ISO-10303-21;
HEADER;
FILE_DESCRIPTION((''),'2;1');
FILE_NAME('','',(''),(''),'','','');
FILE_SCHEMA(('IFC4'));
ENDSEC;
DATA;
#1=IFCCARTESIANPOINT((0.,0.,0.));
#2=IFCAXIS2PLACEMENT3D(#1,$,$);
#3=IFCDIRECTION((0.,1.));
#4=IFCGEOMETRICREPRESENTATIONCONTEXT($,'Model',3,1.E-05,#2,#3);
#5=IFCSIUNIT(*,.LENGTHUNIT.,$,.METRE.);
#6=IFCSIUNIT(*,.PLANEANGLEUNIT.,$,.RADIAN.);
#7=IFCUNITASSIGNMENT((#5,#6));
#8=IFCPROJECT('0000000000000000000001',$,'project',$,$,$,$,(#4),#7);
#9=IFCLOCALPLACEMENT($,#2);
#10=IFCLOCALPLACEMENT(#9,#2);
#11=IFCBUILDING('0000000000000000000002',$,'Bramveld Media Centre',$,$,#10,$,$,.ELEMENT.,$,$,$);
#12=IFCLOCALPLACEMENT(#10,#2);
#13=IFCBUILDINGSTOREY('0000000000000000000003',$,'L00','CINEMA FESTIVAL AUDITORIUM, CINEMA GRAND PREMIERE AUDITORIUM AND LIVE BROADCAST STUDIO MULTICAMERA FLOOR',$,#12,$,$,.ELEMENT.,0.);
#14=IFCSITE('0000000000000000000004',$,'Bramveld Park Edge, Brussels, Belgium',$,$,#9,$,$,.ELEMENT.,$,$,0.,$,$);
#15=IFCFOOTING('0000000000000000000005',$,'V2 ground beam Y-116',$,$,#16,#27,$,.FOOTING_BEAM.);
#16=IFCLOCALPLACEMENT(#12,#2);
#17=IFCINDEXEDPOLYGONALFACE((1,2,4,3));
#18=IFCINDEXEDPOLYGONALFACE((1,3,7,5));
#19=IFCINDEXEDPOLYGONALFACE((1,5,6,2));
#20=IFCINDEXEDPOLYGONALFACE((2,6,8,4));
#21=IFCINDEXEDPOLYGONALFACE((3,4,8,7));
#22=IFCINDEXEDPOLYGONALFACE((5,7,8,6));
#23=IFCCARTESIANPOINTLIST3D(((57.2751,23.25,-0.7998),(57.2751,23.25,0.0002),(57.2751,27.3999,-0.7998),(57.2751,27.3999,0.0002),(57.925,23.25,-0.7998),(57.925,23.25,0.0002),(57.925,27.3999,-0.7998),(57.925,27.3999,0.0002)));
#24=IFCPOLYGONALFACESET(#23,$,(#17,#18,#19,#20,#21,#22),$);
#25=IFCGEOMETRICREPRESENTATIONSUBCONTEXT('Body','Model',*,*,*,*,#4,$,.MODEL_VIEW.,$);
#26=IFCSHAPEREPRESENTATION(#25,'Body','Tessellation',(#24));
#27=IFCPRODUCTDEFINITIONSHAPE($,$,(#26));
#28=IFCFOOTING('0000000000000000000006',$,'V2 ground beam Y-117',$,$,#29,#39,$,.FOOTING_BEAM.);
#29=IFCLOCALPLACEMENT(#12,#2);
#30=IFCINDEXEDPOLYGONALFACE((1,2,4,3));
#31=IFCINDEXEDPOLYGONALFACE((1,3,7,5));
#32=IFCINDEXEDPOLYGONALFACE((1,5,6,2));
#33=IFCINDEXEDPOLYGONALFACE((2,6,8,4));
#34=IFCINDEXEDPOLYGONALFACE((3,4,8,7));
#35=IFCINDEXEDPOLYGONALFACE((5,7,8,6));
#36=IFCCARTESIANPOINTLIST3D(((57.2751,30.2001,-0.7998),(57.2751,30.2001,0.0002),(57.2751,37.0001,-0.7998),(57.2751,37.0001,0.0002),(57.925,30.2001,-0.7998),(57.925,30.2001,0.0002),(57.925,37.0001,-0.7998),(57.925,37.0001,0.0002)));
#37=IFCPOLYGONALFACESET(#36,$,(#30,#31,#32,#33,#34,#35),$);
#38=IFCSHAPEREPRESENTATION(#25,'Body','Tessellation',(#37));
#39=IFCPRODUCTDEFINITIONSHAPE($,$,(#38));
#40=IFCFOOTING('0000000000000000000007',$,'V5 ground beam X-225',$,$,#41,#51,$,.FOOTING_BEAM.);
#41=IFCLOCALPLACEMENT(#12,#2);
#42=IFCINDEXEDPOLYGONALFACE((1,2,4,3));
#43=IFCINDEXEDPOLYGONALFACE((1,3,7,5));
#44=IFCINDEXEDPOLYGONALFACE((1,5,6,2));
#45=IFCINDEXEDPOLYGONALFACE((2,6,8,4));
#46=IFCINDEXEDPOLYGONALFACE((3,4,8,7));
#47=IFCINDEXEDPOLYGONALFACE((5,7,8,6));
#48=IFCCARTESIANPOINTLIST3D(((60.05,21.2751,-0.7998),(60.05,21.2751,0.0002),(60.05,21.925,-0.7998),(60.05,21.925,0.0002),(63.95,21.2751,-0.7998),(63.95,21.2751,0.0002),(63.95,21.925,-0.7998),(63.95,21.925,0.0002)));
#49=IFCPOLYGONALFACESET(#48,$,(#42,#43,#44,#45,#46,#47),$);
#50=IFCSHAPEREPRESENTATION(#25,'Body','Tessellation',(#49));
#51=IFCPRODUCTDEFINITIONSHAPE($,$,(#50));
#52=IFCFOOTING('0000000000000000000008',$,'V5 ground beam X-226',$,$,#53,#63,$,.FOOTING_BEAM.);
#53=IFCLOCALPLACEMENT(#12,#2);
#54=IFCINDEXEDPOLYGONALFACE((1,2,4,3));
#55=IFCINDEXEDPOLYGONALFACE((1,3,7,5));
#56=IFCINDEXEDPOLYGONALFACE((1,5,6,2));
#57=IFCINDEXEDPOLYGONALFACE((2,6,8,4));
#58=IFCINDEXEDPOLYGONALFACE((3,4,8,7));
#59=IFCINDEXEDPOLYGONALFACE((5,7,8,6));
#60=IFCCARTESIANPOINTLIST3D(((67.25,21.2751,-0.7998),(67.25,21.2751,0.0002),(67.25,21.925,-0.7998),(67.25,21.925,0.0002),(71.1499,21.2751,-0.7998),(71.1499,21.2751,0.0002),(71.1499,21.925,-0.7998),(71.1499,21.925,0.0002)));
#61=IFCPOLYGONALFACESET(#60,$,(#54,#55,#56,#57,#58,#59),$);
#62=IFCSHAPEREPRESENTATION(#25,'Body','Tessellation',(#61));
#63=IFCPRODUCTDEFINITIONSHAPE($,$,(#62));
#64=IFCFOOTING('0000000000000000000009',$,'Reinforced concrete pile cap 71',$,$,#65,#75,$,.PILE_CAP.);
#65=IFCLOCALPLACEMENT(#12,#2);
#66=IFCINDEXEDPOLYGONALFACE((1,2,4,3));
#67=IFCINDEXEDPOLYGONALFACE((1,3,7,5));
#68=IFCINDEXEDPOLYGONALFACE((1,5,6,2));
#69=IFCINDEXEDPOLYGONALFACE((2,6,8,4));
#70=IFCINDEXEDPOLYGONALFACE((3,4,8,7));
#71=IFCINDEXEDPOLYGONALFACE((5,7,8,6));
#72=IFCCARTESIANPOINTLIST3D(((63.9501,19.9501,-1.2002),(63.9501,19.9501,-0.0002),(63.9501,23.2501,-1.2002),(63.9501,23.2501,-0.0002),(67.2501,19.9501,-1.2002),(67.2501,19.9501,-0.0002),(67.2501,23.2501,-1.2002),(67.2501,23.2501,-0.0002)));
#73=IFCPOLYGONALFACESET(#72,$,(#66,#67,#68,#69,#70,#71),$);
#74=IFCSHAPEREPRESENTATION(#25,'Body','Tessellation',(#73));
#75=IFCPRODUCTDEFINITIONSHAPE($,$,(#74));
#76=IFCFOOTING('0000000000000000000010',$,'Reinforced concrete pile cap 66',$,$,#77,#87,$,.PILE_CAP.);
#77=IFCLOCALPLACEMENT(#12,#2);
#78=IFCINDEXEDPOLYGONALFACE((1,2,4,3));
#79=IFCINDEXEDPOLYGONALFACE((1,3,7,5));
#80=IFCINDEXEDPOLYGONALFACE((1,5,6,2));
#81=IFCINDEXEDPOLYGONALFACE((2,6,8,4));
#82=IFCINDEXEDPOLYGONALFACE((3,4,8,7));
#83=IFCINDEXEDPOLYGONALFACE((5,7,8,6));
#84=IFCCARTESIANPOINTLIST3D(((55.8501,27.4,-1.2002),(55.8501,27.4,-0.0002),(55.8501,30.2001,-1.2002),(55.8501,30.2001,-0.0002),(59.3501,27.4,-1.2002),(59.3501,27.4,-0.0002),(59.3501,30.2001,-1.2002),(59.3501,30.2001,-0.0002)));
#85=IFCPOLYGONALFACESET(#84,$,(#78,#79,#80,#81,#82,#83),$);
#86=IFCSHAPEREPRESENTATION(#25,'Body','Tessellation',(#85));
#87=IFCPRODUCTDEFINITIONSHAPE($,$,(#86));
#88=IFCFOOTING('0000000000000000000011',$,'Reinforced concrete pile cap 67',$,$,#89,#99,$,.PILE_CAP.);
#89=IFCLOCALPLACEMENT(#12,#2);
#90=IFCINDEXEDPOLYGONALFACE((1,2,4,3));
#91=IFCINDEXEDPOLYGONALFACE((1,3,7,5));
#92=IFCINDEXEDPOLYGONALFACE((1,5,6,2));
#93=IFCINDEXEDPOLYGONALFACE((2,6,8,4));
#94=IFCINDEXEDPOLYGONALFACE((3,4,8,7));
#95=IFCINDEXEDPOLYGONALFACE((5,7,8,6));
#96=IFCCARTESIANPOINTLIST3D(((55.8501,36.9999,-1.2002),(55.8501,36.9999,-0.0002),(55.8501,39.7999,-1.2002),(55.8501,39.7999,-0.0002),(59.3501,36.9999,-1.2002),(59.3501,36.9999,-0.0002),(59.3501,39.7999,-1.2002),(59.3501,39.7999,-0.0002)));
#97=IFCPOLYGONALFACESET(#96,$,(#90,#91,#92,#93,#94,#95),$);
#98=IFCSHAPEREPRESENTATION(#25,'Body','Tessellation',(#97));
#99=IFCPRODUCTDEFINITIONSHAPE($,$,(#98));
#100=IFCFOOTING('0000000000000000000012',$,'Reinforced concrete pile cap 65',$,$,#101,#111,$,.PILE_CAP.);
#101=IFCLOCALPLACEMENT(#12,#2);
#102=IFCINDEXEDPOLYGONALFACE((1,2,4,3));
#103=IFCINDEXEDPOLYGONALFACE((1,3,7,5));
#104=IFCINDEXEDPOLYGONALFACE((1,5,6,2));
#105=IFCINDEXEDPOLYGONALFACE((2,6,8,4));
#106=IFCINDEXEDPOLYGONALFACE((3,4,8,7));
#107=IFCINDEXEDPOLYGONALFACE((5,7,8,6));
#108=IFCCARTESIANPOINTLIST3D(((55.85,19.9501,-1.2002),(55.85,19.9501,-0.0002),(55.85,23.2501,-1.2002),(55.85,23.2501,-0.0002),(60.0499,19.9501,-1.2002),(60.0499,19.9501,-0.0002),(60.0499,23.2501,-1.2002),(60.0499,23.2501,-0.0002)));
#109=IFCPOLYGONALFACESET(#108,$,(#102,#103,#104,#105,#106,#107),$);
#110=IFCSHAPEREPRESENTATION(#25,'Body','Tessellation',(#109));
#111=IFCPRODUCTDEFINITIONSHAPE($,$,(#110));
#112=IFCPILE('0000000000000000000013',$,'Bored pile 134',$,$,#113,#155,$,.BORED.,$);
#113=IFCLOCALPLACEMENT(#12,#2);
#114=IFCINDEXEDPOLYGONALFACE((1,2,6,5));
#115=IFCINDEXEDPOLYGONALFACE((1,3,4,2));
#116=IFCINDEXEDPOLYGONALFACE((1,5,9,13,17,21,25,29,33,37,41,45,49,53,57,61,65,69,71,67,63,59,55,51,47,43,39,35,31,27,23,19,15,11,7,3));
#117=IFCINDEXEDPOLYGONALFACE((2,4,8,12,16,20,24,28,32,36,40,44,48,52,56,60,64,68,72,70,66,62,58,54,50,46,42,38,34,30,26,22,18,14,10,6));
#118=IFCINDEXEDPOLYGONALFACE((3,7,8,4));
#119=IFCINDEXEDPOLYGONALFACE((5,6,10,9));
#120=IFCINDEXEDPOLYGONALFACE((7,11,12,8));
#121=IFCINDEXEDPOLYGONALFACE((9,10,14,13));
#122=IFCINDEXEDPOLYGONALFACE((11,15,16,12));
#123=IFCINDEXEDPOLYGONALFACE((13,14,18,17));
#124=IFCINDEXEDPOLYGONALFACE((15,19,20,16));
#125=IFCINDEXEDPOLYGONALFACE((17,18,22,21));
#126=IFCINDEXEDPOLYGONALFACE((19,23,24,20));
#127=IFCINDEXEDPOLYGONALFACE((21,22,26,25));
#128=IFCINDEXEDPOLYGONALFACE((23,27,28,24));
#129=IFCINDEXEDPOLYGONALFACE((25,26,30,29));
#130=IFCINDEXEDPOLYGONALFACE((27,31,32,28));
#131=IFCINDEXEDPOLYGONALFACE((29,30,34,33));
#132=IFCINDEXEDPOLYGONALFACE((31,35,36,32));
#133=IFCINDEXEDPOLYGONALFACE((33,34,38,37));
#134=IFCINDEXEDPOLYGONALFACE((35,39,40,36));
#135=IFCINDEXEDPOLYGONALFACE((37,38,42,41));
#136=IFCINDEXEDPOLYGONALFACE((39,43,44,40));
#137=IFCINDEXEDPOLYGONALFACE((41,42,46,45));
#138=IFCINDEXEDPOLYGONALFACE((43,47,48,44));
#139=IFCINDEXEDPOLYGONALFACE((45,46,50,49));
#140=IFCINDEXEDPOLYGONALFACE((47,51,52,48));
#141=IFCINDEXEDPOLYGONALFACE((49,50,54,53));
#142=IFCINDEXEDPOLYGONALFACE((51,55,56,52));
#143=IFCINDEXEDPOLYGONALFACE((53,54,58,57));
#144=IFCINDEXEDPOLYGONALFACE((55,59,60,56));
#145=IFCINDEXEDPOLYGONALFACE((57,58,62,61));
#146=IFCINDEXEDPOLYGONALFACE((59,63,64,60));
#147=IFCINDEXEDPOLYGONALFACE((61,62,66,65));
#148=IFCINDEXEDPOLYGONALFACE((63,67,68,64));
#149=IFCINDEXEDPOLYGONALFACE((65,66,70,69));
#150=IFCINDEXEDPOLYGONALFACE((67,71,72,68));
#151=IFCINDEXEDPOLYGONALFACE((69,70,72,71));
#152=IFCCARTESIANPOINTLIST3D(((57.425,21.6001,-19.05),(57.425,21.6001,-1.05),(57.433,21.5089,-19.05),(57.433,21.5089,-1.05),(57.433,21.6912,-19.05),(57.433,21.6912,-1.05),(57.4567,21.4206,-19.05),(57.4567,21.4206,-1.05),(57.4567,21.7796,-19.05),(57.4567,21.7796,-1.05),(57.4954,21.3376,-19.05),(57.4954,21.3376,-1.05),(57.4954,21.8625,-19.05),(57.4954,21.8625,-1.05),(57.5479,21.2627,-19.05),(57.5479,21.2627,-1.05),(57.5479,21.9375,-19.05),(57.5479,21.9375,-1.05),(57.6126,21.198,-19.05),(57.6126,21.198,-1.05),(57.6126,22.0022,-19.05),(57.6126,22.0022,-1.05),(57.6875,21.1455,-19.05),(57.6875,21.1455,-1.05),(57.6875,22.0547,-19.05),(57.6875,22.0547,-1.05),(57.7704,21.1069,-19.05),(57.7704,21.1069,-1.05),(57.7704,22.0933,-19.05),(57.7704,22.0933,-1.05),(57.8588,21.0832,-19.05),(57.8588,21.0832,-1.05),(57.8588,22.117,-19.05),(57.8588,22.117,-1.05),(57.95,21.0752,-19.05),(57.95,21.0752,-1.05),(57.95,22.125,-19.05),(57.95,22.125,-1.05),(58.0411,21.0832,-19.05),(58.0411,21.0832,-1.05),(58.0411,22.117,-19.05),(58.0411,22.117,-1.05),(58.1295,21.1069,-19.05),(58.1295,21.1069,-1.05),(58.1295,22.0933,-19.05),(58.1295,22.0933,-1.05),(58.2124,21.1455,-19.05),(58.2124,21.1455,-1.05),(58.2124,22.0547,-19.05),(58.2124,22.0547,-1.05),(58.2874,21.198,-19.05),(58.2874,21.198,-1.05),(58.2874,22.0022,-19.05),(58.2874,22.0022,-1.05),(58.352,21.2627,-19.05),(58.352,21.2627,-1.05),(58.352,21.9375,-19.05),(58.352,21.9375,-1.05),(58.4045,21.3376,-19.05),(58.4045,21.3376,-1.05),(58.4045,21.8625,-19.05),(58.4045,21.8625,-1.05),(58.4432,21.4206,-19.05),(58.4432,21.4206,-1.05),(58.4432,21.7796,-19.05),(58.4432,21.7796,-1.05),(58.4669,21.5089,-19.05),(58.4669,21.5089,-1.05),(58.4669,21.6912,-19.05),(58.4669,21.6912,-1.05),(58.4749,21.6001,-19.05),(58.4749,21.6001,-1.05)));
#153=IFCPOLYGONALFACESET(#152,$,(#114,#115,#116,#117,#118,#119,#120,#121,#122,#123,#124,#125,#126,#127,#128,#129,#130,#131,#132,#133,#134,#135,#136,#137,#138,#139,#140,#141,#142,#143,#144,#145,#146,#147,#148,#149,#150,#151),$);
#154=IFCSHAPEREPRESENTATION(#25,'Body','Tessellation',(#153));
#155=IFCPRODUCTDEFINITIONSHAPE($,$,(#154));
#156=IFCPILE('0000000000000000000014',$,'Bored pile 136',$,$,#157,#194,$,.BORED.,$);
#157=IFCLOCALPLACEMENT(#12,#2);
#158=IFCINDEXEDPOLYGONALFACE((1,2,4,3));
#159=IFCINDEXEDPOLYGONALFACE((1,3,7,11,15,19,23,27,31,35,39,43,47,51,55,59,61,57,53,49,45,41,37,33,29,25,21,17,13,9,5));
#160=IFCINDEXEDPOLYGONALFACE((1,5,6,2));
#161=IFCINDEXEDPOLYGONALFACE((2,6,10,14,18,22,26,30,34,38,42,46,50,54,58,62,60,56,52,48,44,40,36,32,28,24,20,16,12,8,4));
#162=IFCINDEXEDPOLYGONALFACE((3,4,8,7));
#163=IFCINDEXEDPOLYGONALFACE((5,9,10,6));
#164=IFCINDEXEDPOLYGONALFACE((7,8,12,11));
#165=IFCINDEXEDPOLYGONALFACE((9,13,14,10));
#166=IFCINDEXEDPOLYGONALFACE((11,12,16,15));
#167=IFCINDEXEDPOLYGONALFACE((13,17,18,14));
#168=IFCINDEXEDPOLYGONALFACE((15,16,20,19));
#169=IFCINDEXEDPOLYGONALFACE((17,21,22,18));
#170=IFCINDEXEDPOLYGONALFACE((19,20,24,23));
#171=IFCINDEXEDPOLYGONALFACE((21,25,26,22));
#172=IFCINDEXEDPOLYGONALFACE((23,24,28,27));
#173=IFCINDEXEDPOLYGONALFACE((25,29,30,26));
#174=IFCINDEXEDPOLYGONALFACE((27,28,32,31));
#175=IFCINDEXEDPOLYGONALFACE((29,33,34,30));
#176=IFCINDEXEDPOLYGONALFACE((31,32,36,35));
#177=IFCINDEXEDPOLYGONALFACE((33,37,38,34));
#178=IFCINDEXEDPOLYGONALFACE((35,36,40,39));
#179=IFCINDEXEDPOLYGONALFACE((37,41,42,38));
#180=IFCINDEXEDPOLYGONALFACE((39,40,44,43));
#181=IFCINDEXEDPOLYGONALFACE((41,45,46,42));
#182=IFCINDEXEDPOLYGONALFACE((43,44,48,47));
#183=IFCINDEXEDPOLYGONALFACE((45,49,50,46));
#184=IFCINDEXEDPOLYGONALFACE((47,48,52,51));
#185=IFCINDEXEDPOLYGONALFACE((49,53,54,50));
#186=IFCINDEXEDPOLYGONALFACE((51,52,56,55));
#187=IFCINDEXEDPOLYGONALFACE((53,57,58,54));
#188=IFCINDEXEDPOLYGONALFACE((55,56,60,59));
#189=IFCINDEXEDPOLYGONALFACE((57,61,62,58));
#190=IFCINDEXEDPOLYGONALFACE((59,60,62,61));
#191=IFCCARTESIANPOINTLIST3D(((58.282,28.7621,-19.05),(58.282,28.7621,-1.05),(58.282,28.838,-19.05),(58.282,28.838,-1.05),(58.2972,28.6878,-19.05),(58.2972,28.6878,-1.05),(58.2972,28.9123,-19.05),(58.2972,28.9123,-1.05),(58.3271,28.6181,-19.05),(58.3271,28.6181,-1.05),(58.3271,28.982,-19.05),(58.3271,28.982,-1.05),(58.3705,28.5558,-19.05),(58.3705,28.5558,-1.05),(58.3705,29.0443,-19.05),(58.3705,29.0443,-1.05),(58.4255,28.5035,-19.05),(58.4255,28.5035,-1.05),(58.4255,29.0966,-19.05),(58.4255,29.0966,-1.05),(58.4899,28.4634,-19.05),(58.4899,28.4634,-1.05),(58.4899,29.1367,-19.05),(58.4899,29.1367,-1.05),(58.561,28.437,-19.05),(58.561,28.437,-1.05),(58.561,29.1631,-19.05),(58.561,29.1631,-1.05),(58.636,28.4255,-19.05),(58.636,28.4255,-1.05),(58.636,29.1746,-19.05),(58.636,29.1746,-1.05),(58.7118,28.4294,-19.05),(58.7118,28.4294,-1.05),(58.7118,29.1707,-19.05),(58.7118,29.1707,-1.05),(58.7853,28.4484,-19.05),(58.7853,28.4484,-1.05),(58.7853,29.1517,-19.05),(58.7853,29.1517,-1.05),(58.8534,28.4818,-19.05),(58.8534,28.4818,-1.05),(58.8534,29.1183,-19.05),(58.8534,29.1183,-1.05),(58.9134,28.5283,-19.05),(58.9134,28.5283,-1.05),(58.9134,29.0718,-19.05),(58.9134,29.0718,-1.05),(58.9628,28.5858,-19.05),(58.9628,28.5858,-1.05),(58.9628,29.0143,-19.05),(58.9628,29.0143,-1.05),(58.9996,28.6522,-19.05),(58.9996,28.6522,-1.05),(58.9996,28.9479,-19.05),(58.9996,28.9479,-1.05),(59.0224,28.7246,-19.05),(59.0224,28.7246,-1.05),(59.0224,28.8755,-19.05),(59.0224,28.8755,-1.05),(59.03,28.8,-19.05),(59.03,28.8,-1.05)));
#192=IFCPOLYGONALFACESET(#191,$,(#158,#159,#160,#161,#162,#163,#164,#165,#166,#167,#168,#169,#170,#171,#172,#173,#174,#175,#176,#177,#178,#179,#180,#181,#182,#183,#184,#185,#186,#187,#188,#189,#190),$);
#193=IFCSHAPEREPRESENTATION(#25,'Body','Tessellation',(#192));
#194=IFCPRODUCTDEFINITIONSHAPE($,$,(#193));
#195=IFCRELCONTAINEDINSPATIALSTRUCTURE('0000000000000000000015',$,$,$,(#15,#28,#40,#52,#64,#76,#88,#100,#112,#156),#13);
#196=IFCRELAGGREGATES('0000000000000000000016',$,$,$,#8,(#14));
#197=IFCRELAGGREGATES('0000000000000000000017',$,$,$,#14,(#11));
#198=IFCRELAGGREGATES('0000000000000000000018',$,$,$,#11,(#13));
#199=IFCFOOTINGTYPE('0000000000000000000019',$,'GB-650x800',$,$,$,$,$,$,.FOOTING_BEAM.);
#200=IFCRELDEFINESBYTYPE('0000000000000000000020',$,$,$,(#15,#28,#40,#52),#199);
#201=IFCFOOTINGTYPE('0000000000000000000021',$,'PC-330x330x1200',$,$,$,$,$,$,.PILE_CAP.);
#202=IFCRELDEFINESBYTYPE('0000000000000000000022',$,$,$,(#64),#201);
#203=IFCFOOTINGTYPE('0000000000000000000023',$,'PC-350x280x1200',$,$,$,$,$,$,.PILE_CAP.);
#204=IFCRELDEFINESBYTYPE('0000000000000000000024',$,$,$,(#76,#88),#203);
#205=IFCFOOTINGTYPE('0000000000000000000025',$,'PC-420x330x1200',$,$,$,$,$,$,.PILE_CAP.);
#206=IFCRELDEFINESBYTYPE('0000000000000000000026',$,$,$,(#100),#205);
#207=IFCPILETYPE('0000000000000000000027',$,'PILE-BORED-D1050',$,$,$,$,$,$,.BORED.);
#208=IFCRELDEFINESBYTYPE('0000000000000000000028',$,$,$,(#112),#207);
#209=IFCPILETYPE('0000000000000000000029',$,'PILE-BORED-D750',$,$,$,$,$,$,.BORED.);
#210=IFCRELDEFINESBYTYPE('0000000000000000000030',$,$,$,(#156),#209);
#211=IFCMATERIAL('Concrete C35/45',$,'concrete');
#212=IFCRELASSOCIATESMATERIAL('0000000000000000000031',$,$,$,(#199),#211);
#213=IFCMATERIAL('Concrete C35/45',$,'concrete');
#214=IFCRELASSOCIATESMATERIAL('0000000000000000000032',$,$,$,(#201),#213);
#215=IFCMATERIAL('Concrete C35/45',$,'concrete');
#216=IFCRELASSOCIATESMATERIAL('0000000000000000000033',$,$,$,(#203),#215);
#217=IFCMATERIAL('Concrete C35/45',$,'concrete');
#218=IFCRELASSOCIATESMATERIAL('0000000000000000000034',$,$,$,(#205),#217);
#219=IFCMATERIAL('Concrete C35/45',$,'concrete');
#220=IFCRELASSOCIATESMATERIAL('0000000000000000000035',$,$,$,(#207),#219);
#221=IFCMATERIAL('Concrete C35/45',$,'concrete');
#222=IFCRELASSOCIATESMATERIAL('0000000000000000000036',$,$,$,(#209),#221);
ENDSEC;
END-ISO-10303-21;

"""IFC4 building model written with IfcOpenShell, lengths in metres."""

from ifc_helpers import new_model, si_unit, direction, frame, origin, origin_2d, place, context, subcontext, project, spatial, rectangle, circle, extrude, material, material_profile, profile_set, type_object, element, save


model = new_model("IFC4")

# Units and contexts
model_context = context("Model", 3, precision=1e-05, world=origin(), true_north=direction((0.0, 1.0)))
body_context = subcontext(model_context, "Body", "Model", "MODEL_VIEW")
ifc_project = project(units=[si_unit("LENGTHUNIT", "METRE"), si_unit("PLANEANGLEUNIT", "RADIAN")], contexts=[model_context])

# Site, building, storey
site_placement = place(None, origin())
site = spatial("IfcSite", under=ifc_project, at=site_placement, Name="Bramveld Park Edge, Brussels, Belgium", CompositionType="ELEMENT", RefElevation=0.0)
building_placement = place(site_placement, origin())
building = spatial("IfcBuilding", under=site, at=building_placement, Name="Bramveld Media Centre", CompositionType="ELEMENT")
storey_placement = place(building_placement, origin())
storey = spatial("IfcBuildingStorey", under=building, at=storey_placement, Name="L00", Description="CINEMA FESTIVAL AUDITORIUM, CINEMA GRAND PREMIERE AUDITORIUM AND LIVE BROADCAST STUDIO MULTICAMERA FLOOR", CompositionType="ELEMENT", Elevation=0.0)

# Footings
ifc_material_1 = material(Name="Concrete C35/45", Category="concrete")
footing_type_1 = type_object("IfcFootingType", Name="GB-650x800", PredefinedType="FOOTING_BEAM", material=ifc_material_1)
footing_1_placement = place(storey_placement, frame((57.6001, 25.325, -0.7998), z_axis=(0.0, 0.0, 1.0), x_axis=(1.0, 0.0, 0.0)))
element("IfcFooting", 1, at=footing_1_placement, inside=storey, type_object=footing_type_1, Name="V2 ground beam Y-116", PredefinedType="FOOTING_BEAM", context=body_context, shape_type="SweptSolid", body=[
    extrude(rectangle(XDim=0.6499, YDim=4.1499, at=origin_2d()), origin(), (0.0, 0.0, 1.0), 0.8),
])
footing_2_placement = place(storey_placement, frame((57.6001, 33.6001, -0.7998), z_axis=(0.0, 0.0, 1.0), x_axis=(1.0, 0.0, 0.0)))
element("IfcFooting", 2, at=footing_2_placement, inside=storey, type_object=footing_type_1, Name="V2 ground beam Y-117", PredefinedType="FOOTING_BEAM", context=body_context, shape_type="SweptSolid", body=[
    extrude(rectangle(XDim=0.6499, YDim=6.8, at=origin_2d()), origin(), (0.0, 0.0, 1.0), 0.8),
])
for number, where, z_axis, x_axis, name in (
    (3, (62.0, 21.6001, -0.7998), (0.0, 0.0, 1.0), (1.0, 0.0, 0.0), "V5 ground beam X-225"),
    (4, (69.2, 21.6001, -0.7998), (0.0, 0.0, 1.0), (1.0, 0.0, 0.0), "V5 ground beam X-226"),
):
    element("IfcFooting", number, at=place(storey_placement, frame(where, z_axis=z_axis, x_axis=x_axis)), inside=storey, type_object=footing_type_1, Name=name, PredefinedType="FOOTING_BEAM", context=body_context, shape_type="SweptSolid", body=[
        extrude(rectangle(XDim=3.8999, YDim=0.6499, at=origin_2d()), origin(), (0.0, 0.0, 1.0), 0.8),
    ])
ifc_material_2 = material(Name="Concrete C35/45", Category="concrete")
footing_type_2 = type_object("IfcFootingType", Name="PC-330x330x1200", PredefinedType="PILE_CAP", material=ifc_material_2)
footing_3_placement = place(storey_placement, frame((65.6001, 21.6001, -1.2002), z_axis=(0.0, 0.0, 1.0), x_axis=(1.0, 0.0, 0.0)))
element("IfcFooting", 5, at=footing_3_placement, inside=storey, type_object=footing_type_2, Name="Reinforced concrete pile cap 71", PredefinedType="PILE_CAP", context=body_context, shape_type="SweptSolid", body=[
    extrude(rectangle(XDim=3.3, YDim=3.3, at=origin_2d()), origin(), (0.0, 0.0, 1.0), 1.2),
])
ifc_material_3 = material(Name="Concrete C35/45", Category="concrete")
footing_type_3 = type_object("IfcFootingType", Name="PC-350x280x1200", PredefinedType="PILE_CAP", material=ifc_material_3)
for number, where, z_axis, x_axis, name in (
    (6, (57.6001, 28.8, -1.2002), (0.0, 0.0, 1.0), (1.0, 0.0, 0.0), "Reinforced concrete pile cap 66"),
    (7, (57.6001, 38.3999, -1.2002), (0.0, 0.0, 1.0), (1.0, 0.0, 0.0), "Reinforced concrete pile cap 67"),
):
    element("IfcFooting", number, at=place(storey_placement, frame(where, z_axis=z_axis, x_axis=x_axis)), inside=storey, type_object=footing_type_3, Name=name, PredefinedType="PILE_CAP", context=body_context, shape_type="SweptSolid", body=[
        extrude(rectangle(XDim=3.5, YDim=2.8, at=origin_2d()), origin(), (0.0, 0.0, 1.0), 1.2),
    ])
ifc_material_4 = material(Name="Concrete C35/45", Category="concrete")
footing_type_4 = type_object("IfcFootingType", Name="PC-420x330x1200", PredefinedType="PILE_CAP", material=ifc_material_4)
footing_4_placement = place(storey_placement, frame((57.95, 21.6001, -1.2002), z_axis=(0.0, 0.0, 1.0), x_axis=(1.0, 0.0, 0.0)))
element("IfcFooting", 8, at=footing_4_placement, inside=storey, type_object=footing_type_4, Name="Reinforced concrete pile cap 65", PredefinedType="PILE_CAP", context=body_context, shape_type="SweptSolid", body=[
    extrude(rectangle(XDim=4.2, YDim=3.3, at=origin_2d()), origin(), (0.0, 0.0, 1.0), 1.2),
])

# Piles
ifc_material_5 = material(Name="Concrete C35/45", Category="concrete")
ifc_material_profile_1 = material_profile(ifc_material_5, circle(Radius=0.5249, at=origin_2d()), Name="BORED D1050")
ifc_profile_set_1 = profile_set([ifc_material_profile_1], Name="Concrete C35/45")
pile_type_1 = type_object("IfcPileType", Name="PILE-BORED-D1050", PredefinedType="BORED", material=ifc_profile_set_1)
pile_1_placement = place(storey_placement, frame((57.95, 21.6001, -1.05), z_axis=(0.0, 0.0, -1.0), x_axis=(1.0, 0.0, 0.0)))
element("IfcPile", 9, at=pile_1_placement, inside=storey, type_object=pile_type_1, Name="Bored pile 134", PredefinedType="BORED", context=body_context, shape_type="SweptSolid", body=[
    extrude(circle(Radius=0.5249, at=origin_2d()), origin(), (0.0, 0.0, 1.0), 18.0),
])
ifc_material_6 = material(Name="Concrete C35/45", Category="concrete")
ifc_material_profile_2 = material_profile(ifc_material_6, circle(Radius=0.375, at=origin_2d()), Name="BORED D750")
ifc_profile_set_2 = profile_set([ifc_material_profile_2], Name="Concrete C35/45")
pile_type_2 = type_object("IfcPileType", Name="PILE-BORED-D750", PredefinedType="BORED", material=ifc_profile_set_2)
for number, where, z_axis, x_axis, name in (
    (10, (58.655, 28.8, -1.05), (0.0, 0.0, -1.0), (1.0, 0.0, 0.0), "Bored pile 136"),
):
    element("IfcPile", number, at=place(storey_placement, frame(where, z_axis=z_axis, x_axis=x_axis)), inside=storey, type_object=pile_type_2, Name=name, PredefinedType="BORED", context=body_context, shape_type="SweptSolid", body=[
        extrude(circle(Radius=0.375, at=origin_2d()), origin(), (0.0, 0.0, 1.0), 18.0),
    ])

save(model, "model.ifc")
